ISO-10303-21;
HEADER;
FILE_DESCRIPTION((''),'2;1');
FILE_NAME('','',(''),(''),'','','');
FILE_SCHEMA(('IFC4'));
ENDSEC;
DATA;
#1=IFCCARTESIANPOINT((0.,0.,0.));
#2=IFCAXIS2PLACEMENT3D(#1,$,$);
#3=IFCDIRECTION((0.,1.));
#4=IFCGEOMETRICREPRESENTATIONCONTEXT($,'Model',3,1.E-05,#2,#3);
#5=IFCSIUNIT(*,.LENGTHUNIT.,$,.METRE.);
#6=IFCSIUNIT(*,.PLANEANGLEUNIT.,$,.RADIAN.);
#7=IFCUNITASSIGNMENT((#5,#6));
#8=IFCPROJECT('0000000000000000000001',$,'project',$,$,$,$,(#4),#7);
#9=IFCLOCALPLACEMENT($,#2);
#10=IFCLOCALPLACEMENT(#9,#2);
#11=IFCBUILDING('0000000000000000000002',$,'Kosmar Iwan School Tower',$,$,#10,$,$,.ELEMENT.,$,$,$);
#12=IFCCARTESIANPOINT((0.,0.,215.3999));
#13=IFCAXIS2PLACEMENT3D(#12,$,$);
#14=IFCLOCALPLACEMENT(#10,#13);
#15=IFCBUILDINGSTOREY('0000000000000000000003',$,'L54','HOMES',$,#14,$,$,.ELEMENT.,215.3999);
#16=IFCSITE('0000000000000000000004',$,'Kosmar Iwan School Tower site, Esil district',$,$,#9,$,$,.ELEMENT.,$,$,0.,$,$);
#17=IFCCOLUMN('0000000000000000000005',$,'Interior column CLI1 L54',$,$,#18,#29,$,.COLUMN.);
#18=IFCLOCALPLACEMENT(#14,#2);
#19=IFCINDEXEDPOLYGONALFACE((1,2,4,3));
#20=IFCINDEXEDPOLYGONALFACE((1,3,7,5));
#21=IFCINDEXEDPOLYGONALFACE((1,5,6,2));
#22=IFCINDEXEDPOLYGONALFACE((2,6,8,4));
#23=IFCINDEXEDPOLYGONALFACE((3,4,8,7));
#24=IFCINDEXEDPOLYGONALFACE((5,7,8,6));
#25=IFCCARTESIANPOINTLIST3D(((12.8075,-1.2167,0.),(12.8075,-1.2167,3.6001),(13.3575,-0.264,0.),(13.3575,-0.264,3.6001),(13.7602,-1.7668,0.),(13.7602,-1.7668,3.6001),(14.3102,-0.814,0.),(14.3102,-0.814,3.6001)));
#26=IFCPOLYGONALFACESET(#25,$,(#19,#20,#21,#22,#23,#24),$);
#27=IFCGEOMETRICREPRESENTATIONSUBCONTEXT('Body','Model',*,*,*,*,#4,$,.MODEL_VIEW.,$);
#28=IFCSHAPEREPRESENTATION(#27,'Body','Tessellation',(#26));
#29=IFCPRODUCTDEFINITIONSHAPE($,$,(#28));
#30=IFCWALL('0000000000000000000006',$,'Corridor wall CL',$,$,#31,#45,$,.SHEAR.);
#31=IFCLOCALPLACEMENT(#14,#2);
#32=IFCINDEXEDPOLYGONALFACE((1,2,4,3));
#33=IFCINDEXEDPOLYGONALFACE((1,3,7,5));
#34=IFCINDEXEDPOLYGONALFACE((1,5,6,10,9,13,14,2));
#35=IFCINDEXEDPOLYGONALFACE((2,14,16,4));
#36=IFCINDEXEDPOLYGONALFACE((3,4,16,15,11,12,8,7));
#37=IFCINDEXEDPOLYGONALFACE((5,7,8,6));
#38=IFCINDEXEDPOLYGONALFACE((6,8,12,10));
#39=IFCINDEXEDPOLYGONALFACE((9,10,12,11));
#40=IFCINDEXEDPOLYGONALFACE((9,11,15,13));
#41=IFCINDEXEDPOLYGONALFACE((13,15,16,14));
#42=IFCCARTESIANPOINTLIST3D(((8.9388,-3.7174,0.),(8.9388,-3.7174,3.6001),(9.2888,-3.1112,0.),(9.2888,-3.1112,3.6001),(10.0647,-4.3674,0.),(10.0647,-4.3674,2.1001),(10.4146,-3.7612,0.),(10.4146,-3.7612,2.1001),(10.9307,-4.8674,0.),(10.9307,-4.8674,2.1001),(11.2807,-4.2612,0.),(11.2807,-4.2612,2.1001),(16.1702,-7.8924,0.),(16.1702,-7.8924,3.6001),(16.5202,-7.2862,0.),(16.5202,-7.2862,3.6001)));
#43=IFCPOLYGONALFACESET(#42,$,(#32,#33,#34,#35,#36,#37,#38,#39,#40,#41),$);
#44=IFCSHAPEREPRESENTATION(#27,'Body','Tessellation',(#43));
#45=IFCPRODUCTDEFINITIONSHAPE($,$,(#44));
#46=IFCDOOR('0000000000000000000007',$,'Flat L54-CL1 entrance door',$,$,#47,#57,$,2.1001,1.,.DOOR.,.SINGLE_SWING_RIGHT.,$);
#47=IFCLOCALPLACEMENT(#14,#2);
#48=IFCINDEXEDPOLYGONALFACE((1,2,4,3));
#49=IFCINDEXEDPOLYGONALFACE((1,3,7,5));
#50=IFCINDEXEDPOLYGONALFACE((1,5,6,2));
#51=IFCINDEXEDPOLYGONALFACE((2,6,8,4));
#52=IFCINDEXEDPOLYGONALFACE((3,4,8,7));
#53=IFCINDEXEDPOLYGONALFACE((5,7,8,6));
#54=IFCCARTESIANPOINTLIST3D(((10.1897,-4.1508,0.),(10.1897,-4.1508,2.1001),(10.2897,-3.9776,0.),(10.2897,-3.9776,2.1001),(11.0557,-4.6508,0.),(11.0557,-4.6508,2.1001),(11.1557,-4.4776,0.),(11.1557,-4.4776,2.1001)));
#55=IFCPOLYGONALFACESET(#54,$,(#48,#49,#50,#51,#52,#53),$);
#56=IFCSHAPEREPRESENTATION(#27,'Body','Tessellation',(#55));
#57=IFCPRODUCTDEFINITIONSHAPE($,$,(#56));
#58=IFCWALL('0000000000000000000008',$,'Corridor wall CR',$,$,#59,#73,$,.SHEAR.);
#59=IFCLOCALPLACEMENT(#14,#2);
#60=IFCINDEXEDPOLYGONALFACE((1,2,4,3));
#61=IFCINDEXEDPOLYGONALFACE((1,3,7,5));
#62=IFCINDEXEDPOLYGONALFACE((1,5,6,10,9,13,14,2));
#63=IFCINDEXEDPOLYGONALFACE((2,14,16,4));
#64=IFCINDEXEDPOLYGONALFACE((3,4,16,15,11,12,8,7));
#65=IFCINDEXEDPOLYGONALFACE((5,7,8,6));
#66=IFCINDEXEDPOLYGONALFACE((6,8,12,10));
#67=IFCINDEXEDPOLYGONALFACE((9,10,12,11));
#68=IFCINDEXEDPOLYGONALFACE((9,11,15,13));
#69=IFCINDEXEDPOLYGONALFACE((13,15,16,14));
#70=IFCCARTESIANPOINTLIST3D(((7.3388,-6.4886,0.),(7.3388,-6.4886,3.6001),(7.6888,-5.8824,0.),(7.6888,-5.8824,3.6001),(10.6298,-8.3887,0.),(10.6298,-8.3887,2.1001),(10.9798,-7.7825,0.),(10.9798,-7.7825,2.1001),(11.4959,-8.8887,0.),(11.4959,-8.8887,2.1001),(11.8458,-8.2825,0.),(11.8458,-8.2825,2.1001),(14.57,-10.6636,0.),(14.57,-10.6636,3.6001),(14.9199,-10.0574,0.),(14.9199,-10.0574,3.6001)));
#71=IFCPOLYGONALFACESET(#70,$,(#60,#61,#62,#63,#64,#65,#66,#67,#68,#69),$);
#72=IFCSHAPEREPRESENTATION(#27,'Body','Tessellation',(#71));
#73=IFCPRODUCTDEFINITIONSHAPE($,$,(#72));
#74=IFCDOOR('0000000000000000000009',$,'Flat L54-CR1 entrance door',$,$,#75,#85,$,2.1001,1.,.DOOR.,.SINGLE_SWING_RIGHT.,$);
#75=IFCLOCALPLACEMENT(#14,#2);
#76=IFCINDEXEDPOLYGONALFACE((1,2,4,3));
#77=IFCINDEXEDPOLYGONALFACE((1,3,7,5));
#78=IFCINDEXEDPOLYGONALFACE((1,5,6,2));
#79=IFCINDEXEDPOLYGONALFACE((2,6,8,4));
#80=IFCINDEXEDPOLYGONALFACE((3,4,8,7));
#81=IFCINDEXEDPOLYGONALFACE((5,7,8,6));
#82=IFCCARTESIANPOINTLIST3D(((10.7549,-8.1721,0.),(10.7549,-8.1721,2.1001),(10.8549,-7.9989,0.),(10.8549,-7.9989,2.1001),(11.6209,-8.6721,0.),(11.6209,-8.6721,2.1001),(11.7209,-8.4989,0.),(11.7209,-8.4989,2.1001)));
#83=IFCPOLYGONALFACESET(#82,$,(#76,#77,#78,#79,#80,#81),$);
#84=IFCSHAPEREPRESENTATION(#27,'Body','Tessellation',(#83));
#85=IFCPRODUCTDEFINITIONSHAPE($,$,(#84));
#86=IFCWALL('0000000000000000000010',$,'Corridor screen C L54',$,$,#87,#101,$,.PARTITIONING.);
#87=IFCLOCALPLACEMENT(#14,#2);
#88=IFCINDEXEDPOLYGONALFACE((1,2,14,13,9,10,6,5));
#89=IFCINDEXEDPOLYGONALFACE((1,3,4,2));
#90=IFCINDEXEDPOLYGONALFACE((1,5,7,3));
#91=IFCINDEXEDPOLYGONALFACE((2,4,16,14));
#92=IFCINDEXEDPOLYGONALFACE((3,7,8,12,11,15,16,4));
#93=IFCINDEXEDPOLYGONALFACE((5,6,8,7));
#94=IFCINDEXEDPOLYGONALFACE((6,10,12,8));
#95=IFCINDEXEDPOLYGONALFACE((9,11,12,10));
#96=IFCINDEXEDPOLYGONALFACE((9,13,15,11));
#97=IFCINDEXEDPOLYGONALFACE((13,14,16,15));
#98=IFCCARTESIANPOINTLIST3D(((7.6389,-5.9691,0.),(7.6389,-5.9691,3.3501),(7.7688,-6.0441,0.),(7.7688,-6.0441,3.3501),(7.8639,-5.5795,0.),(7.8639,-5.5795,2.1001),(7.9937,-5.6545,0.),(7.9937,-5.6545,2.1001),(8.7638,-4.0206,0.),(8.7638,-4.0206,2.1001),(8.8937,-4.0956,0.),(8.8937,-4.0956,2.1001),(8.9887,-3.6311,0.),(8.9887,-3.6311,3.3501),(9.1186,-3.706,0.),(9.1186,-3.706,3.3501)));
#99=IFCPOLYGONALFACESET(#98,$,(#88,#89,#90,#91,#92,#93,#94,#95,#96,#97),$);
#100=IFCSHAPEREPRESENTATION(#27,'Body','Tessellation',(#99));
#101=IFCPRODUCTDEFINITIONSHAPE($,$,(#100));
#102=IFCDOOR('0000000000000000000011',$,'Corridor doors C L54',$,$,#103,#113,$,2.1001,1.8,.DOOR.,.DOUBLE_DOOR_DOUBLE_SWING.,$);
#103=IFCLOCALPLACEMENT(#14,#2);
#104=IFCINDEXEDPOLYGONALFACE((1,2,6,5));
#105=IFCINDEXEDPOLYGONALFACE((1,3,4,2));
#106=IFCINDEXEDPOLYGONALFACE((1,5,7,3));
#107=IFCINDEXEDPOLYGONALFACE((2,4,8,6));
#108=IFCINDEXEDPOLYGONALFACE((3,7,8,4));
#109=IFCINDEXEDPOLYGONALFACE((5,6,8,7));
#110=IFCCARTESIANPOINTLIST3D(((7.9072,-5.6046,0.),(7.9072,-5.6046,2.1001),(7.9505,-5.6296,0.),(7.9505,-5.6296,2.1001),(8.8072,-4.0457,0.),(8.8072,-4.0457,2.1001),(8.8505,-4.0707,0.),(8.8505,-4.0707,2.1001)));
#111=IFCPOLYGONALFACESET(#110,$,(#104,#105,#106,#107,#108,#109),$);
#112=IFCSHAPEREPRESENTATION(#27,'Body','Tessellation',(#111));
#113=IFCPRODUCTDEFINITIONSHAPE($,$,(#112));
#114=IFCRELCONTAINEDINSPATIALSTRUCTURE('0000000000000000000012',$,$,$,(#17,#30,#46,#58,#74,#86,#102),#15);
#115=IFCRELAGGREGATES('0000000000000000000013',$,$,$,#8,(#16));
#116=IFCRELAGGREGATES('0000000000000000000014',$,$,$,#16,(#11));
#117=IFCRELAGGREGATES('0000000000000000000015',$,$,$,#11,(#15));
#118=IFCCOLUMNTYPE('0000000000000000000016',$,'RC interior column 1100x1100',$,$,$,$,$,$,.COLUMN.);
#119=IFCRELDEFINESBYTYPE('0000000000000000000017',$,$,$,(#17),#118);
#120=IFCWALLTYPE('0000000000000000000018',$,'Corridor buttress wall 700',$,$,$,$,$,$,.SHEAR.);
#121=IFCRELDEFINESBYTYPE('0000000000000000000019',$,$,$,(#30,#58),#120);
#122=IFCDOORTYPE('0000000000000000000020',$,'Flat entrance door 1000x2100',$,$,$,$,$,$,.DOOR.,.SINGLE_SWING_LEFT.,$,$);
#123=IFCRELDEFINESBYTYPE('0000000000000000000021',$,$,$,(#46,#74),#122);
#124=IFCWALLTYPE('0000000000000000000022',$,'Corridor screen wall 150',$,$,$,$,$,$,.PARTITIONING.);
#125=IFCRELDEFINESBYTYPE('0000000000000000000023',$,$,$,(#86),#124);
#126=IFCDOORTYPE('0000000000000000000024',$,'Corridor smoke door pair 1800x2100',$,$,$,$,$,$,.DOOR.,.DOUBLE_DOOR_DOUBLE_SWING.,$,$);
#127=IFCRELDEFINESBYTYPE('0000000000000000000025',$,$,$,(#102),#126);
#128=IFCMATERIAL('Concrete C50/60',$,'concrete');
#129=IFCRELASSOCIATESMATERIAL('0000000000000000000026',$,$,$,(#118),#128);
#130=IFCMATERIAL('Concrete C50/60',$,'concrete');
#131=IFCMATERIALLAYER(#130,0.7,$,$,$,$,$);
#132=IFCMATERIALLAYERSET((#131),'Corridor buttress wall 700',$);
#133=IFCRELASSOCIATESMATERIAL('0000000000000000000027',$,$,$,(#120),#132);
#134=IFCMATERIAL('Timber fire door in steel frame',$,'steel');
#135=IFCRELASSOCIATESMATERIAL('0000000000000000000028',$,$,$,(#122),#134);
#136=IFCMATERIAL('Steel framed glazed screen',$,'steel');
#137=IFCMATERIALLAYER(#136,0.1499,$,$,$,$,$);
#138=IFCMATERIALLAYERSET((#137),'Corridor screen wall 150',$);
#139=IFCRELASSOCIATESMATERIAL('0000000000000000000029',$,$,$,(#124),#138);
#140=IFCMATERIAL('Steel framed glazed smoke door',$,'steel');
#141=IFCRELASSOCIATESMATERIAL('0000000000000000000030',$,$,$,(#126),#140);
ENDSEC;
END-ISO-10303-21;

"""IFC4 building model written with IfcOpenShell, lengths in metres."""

from ifc_helpers import new_model, si_unit, direction, frame, frame_2d, origin, origin_2d, place, context, subcontext, project, spatial, rectangle, extrude, material, layer, layer_set, material_profile, profile_set, type_object, element, fill, save


model = new_model("IFC4")

# Units and contexts
model_context = context("Model", 3, precision=1e-05, world=origin(), true_north=direction((0.0, 1.0)))
body_context = subcontext(model_context, "Body", "Model", "MODEL_VIEW")
ifc_project = project(units=[si_unit("LENGTHUNIT", "METRE"), si_unit("PLANEANGLEUNIT", "RADIAN")], contexts=[model_context])

# Site, building, storey
site_placement = place(None, origin())
site = spatial("IfcSite", under=ifc_project, at=site_placement, Name="Kosmar Iwan School Tower site, Esil district", CompositionType="ELEMENT", RefElevation=0.0)
building_placement = place(site_placement, origin())
building = spatial("IfcBuilding", under=site, at=building_placement, Name="Kosmar Iwan School Tower", CompositionType="ELEMENT")
storey_placement = place(building_placement, frame((0.0, 0.0, 215.3999)))
storey = spatial("IfcBuildingStorey", under=building, at=storey_placement, Name="L54", Description="HOMES", CompositionType="ELEMENT", Elevation=215.3999)

# Column
ifc_material_1 = material(Name="Concrete C50/60", Category="concrete")
ifc_material_profile = material_profile(ifc_material_1, rectangle(XDim=1.1001, YDim=1.1001, at=origin_2d()), Name="RC 1100x1100")
ifc_profile_set = profile_set([ifc_material_profile], Name="Concrete C50/60")
column_type = type_object("IfcColumnType", Name="RC interior column 1100x1100", PredefinedType="COLUMN", material=ifc_profile_set)
column_placement = place(storey_placement, frame((13.5588, -1.0154, 0.0), z_axis=(0.0, 0.0, 1.0), x_axis=(0.866025, -0.5, 0.0)))
element("IfcColumn", 1, at=column_placement, inside=storey, type_object=column_type, Name="Interior column CLI1 L54", PredefinedType="COLUMN", context=body_context, shape_type="SweptSolid", body=[
    extrude(rectangle(XDim=1.1001, YDim=1.1001, at=origin_2d()), origin(), (0.0, 0.0, 1.0), 3.6001),
])

# Walls, openings, doors
ifc_material_2 = material(Name="Concrete C50/60", Category="concrete")
ifc_layer_1 = layer(ifc_material_2, 0.7)
ifc_layer_set_1 = layer_set([ifc_layer_1], Name="Corridor buttress wall 700")
wall_type_1 = type_object("IfcWallType", Name="Corridor buttress wall 700", PredefinedType="SHEAR", material=ifc_layer_set_1)
wall_1_placement = place(storey_placement, frame((9.1138, -3.4143, 0.0), z_axis=(0.0, 0.0, 1.0), x_axis=(0.866027, -0.499997, 0.0)))
wall_1 = element("IfcWall", 2, at=wall_1_placement, inside=storey, type_object=wall_type_1, Name="Corridor wall CL", PredefinedType="SHEAR", context=body_context, shape_type="SweptSolid", body=[
    extrude(rectangle(XDim=8.3501, YDim=0.7, at=frame_2d((4.175, 0.0))), origin(), (0.0, 0.0, 1.0), 3.6001),
])
opening_1_placement = place(wall_1_placement, frame((1.3, 0.0, 0.0)))
opening_1 = element("IfcOpeningElement", 3, at=opening_1_placement, cuts=wall_1, PredefinedType="OPENING", context=body_context, shape_type="SweptSolid", body=[
    extrude(rectangle(XDim=1.0, YDim=2.1001, at=frame_2d((0.5, 1.05))), frame((0.0, 0.3621, 0.0), z_axis=(0.0, -1.0, 0.0), x_axis=(1.0, 0.0, 0.0)), (0.0, 0.0, 1.0), 0.7239),
])
ifc_material_3 = material(Name="Timber fire door in steel frame", Category="steel")
door_type_1 = type_object("IfcDoorType", Name="Flat entrance door 1000x2100", OperationType="SINGLE_SWING_LEFT", PredefinedType="DOOR", material=ifc_material_3)
door_1_placement = place(opening_1_placement, origin())
door_1 = element("IfcDoor", 4, at=door_1_placement, inside=storey, type_object=door_type_1, Name="Flat L54-CL1 entrance door", OperationType="SINGLE_SWING_RIGHT", OverallHeight=2.1001, OverallWidth=1.0, PredefinedType="DOOR", context=body_context, shape_type="SweptSolid", body=[
    extrude(rectangle(XDim=1.0, YDim=2.1001, at=frame_2d((0.5, 1.05))), frame((0.0, 0.1001, 0.0), z_axis=(0.0, -1.0, 0.0), x_axis=(1.0, 0.0, 0.0)), (0.0, 0.0, 1.0), 0.2),
])
fill(opening_1, door_1)
wall_2_placement = place(storey_placement, frame((7.5139, -6.1855, 0.0), z_axis=(0.0, 0.0, 1.0), x_axis=(0.86602, -0.50001, 0.0)))
wall_2 = element("IfcWall", 5, at=wall_2_placement, inside=storey, type_object=wall_type_1, Name="Corridor wall CR", PredefinedType="SHEAR", context=body_context, shape_type="SweptSolid", body=[
    extrude(rectangle(XDim=8.3499, YDim=0.7, at=frame_2d((4.1748, 0.0))), origin(), (0.0, 0.0, 1.0), 3.6001),
])
opening_2_placement = place(wall_2_placement, frame((3.8, 0.0, 0.0)))
opening_2 = element("IfcOpeningElement", 6, at=opening_2_placement, cuts=wall_2, PredefinedType="OPENING", context=body_context, shape_type="SweptSolid", body=[
    extrude(rectangle(XDim=1.0, YDim=2.1001, at=frame_2d((0.5, 1.05))), frame((0.0, 0.3621, 0.0), z_axis=(0.0, -1.0, 0.0), x_axis=(1.0, 0.0, 0.0)), (0.0, 0.0, 1.0), 0.7239),
])
door_2_placement = place(opening_2_placement, origin())
door_2 = element("IfcDoor", 7, at=door_2_placement, inside=storey, type_object=door_type_1, Name="Flat L54-CR1 entrance door", OperationType="SINGLE_SWING_RIGHT", OverallHeight=2.1001, OverallWidth=1.0, PredefinedType="DOOR", context=body_context, shape_type="SweptSolid", body=[
    extrude(rectangle(XDim=1.0, YDim=2.1001, at=frame_2d((0.5, 1.05))), frame((0.0, 0.1001, 0.0), z_axis=(0.0, -1.0, 0.0), x_axis=(1.0, 0.0, 0.0)), (0.0, 0.0, 1.0), 0.2),
])
fill(opening_2, door_2)
ifc_material_4 = material(Name="Steel framed glazed screen", Category="steel")
ifc_layer_2 = layer(ifc_material_4, 0.1499)
ifc_layer_set_2 = layer_set([ifc_layer_2], Name="Corridor screen wall 150")
wall_type_2 = type_object("IfcWallType", Name="Corridor screen wall 150", PredefinedType="PARTITIONING", material=ifc_layer_set_2)
wall_3_placement = place(storey_placement, frame((7.7039, -6.0066, 0.0), z_axis=(0.0, 0.0, 1.0), x_axis=(0.499981, 0.866037, 0.0)))
wall_3 = element("IfcWall", 8, at=wall_3_placement, inside=storey, type_object=wall_type_2, Name="Corridor screen C L54", PredefinedType="PARTITIONING", context=body_context, shape_type="SweptSolid", body=[
    extrude(rectangle(XDim=2.6997, YDim=0.1499, at=frame_2d((1.3499, 0.0))), origin(), (0.0, 0.0, 1.0), 3.3501),
])
opening_3_placement = place(wall_3_placement, frame((0.45, 0.0, 0.0)))
opening_3 = element("IfcOpeningElement", 9, at=opening_3_placement, cuts=wall_3, PredefinedType="OPENING", context=body_context, shape_type="SweptSolid", body=[
    extrude(rectangle(XDim=1.8, YDim=2.1001, at=frame_2d((0.8999, 1.05))), frame((0.0, 0.0869, 0.0), z_axis=(0.0, -1.0, 0.0), x_axis=(1.0, 0.0, 0.0)), (0.0, 0.0, 1.0), 0.1738),
])
ifc_material_5 = material(Name="Steel framed glazed smoke door", Category="steel")
door_type_2 = type_object("IfcDoorType", Name="Corridor smoke door pair 1800x2100", OperationType="DOUBLE_DOOR_DOUBLE_SWING", PredefinedType="DOOR", material=ifc_material_5)
door_3_placement = place(opening_3_placement, origin())
door_3 = element("IfcDoor", 10, at=door_3_placement, inside=storey, type_object=door_type_2, Name="Corridor doors C L54", OperationType="DOUBLE_DOOR_DOUBLE_SWING", OverallHeight=2.1001, OverallWidth=1.8, PredefinedType="DOOR", context=body_context, shape_type="SweptSolid", body=[
    extrude(rectangle(XDim=1.8, YDim=2.1001, at=frame_2d((0.8999, 1.05))), frame((0.0, 0.0249, 0.0), z_axis=(0.0, -1.0, 0.0), x_axis=(1.0, 0.0, 0.0)), (0.0, 0.0, 1.0), 0.05),
])
fill(opening_3, door_3)

save(model, "model.ifc")
